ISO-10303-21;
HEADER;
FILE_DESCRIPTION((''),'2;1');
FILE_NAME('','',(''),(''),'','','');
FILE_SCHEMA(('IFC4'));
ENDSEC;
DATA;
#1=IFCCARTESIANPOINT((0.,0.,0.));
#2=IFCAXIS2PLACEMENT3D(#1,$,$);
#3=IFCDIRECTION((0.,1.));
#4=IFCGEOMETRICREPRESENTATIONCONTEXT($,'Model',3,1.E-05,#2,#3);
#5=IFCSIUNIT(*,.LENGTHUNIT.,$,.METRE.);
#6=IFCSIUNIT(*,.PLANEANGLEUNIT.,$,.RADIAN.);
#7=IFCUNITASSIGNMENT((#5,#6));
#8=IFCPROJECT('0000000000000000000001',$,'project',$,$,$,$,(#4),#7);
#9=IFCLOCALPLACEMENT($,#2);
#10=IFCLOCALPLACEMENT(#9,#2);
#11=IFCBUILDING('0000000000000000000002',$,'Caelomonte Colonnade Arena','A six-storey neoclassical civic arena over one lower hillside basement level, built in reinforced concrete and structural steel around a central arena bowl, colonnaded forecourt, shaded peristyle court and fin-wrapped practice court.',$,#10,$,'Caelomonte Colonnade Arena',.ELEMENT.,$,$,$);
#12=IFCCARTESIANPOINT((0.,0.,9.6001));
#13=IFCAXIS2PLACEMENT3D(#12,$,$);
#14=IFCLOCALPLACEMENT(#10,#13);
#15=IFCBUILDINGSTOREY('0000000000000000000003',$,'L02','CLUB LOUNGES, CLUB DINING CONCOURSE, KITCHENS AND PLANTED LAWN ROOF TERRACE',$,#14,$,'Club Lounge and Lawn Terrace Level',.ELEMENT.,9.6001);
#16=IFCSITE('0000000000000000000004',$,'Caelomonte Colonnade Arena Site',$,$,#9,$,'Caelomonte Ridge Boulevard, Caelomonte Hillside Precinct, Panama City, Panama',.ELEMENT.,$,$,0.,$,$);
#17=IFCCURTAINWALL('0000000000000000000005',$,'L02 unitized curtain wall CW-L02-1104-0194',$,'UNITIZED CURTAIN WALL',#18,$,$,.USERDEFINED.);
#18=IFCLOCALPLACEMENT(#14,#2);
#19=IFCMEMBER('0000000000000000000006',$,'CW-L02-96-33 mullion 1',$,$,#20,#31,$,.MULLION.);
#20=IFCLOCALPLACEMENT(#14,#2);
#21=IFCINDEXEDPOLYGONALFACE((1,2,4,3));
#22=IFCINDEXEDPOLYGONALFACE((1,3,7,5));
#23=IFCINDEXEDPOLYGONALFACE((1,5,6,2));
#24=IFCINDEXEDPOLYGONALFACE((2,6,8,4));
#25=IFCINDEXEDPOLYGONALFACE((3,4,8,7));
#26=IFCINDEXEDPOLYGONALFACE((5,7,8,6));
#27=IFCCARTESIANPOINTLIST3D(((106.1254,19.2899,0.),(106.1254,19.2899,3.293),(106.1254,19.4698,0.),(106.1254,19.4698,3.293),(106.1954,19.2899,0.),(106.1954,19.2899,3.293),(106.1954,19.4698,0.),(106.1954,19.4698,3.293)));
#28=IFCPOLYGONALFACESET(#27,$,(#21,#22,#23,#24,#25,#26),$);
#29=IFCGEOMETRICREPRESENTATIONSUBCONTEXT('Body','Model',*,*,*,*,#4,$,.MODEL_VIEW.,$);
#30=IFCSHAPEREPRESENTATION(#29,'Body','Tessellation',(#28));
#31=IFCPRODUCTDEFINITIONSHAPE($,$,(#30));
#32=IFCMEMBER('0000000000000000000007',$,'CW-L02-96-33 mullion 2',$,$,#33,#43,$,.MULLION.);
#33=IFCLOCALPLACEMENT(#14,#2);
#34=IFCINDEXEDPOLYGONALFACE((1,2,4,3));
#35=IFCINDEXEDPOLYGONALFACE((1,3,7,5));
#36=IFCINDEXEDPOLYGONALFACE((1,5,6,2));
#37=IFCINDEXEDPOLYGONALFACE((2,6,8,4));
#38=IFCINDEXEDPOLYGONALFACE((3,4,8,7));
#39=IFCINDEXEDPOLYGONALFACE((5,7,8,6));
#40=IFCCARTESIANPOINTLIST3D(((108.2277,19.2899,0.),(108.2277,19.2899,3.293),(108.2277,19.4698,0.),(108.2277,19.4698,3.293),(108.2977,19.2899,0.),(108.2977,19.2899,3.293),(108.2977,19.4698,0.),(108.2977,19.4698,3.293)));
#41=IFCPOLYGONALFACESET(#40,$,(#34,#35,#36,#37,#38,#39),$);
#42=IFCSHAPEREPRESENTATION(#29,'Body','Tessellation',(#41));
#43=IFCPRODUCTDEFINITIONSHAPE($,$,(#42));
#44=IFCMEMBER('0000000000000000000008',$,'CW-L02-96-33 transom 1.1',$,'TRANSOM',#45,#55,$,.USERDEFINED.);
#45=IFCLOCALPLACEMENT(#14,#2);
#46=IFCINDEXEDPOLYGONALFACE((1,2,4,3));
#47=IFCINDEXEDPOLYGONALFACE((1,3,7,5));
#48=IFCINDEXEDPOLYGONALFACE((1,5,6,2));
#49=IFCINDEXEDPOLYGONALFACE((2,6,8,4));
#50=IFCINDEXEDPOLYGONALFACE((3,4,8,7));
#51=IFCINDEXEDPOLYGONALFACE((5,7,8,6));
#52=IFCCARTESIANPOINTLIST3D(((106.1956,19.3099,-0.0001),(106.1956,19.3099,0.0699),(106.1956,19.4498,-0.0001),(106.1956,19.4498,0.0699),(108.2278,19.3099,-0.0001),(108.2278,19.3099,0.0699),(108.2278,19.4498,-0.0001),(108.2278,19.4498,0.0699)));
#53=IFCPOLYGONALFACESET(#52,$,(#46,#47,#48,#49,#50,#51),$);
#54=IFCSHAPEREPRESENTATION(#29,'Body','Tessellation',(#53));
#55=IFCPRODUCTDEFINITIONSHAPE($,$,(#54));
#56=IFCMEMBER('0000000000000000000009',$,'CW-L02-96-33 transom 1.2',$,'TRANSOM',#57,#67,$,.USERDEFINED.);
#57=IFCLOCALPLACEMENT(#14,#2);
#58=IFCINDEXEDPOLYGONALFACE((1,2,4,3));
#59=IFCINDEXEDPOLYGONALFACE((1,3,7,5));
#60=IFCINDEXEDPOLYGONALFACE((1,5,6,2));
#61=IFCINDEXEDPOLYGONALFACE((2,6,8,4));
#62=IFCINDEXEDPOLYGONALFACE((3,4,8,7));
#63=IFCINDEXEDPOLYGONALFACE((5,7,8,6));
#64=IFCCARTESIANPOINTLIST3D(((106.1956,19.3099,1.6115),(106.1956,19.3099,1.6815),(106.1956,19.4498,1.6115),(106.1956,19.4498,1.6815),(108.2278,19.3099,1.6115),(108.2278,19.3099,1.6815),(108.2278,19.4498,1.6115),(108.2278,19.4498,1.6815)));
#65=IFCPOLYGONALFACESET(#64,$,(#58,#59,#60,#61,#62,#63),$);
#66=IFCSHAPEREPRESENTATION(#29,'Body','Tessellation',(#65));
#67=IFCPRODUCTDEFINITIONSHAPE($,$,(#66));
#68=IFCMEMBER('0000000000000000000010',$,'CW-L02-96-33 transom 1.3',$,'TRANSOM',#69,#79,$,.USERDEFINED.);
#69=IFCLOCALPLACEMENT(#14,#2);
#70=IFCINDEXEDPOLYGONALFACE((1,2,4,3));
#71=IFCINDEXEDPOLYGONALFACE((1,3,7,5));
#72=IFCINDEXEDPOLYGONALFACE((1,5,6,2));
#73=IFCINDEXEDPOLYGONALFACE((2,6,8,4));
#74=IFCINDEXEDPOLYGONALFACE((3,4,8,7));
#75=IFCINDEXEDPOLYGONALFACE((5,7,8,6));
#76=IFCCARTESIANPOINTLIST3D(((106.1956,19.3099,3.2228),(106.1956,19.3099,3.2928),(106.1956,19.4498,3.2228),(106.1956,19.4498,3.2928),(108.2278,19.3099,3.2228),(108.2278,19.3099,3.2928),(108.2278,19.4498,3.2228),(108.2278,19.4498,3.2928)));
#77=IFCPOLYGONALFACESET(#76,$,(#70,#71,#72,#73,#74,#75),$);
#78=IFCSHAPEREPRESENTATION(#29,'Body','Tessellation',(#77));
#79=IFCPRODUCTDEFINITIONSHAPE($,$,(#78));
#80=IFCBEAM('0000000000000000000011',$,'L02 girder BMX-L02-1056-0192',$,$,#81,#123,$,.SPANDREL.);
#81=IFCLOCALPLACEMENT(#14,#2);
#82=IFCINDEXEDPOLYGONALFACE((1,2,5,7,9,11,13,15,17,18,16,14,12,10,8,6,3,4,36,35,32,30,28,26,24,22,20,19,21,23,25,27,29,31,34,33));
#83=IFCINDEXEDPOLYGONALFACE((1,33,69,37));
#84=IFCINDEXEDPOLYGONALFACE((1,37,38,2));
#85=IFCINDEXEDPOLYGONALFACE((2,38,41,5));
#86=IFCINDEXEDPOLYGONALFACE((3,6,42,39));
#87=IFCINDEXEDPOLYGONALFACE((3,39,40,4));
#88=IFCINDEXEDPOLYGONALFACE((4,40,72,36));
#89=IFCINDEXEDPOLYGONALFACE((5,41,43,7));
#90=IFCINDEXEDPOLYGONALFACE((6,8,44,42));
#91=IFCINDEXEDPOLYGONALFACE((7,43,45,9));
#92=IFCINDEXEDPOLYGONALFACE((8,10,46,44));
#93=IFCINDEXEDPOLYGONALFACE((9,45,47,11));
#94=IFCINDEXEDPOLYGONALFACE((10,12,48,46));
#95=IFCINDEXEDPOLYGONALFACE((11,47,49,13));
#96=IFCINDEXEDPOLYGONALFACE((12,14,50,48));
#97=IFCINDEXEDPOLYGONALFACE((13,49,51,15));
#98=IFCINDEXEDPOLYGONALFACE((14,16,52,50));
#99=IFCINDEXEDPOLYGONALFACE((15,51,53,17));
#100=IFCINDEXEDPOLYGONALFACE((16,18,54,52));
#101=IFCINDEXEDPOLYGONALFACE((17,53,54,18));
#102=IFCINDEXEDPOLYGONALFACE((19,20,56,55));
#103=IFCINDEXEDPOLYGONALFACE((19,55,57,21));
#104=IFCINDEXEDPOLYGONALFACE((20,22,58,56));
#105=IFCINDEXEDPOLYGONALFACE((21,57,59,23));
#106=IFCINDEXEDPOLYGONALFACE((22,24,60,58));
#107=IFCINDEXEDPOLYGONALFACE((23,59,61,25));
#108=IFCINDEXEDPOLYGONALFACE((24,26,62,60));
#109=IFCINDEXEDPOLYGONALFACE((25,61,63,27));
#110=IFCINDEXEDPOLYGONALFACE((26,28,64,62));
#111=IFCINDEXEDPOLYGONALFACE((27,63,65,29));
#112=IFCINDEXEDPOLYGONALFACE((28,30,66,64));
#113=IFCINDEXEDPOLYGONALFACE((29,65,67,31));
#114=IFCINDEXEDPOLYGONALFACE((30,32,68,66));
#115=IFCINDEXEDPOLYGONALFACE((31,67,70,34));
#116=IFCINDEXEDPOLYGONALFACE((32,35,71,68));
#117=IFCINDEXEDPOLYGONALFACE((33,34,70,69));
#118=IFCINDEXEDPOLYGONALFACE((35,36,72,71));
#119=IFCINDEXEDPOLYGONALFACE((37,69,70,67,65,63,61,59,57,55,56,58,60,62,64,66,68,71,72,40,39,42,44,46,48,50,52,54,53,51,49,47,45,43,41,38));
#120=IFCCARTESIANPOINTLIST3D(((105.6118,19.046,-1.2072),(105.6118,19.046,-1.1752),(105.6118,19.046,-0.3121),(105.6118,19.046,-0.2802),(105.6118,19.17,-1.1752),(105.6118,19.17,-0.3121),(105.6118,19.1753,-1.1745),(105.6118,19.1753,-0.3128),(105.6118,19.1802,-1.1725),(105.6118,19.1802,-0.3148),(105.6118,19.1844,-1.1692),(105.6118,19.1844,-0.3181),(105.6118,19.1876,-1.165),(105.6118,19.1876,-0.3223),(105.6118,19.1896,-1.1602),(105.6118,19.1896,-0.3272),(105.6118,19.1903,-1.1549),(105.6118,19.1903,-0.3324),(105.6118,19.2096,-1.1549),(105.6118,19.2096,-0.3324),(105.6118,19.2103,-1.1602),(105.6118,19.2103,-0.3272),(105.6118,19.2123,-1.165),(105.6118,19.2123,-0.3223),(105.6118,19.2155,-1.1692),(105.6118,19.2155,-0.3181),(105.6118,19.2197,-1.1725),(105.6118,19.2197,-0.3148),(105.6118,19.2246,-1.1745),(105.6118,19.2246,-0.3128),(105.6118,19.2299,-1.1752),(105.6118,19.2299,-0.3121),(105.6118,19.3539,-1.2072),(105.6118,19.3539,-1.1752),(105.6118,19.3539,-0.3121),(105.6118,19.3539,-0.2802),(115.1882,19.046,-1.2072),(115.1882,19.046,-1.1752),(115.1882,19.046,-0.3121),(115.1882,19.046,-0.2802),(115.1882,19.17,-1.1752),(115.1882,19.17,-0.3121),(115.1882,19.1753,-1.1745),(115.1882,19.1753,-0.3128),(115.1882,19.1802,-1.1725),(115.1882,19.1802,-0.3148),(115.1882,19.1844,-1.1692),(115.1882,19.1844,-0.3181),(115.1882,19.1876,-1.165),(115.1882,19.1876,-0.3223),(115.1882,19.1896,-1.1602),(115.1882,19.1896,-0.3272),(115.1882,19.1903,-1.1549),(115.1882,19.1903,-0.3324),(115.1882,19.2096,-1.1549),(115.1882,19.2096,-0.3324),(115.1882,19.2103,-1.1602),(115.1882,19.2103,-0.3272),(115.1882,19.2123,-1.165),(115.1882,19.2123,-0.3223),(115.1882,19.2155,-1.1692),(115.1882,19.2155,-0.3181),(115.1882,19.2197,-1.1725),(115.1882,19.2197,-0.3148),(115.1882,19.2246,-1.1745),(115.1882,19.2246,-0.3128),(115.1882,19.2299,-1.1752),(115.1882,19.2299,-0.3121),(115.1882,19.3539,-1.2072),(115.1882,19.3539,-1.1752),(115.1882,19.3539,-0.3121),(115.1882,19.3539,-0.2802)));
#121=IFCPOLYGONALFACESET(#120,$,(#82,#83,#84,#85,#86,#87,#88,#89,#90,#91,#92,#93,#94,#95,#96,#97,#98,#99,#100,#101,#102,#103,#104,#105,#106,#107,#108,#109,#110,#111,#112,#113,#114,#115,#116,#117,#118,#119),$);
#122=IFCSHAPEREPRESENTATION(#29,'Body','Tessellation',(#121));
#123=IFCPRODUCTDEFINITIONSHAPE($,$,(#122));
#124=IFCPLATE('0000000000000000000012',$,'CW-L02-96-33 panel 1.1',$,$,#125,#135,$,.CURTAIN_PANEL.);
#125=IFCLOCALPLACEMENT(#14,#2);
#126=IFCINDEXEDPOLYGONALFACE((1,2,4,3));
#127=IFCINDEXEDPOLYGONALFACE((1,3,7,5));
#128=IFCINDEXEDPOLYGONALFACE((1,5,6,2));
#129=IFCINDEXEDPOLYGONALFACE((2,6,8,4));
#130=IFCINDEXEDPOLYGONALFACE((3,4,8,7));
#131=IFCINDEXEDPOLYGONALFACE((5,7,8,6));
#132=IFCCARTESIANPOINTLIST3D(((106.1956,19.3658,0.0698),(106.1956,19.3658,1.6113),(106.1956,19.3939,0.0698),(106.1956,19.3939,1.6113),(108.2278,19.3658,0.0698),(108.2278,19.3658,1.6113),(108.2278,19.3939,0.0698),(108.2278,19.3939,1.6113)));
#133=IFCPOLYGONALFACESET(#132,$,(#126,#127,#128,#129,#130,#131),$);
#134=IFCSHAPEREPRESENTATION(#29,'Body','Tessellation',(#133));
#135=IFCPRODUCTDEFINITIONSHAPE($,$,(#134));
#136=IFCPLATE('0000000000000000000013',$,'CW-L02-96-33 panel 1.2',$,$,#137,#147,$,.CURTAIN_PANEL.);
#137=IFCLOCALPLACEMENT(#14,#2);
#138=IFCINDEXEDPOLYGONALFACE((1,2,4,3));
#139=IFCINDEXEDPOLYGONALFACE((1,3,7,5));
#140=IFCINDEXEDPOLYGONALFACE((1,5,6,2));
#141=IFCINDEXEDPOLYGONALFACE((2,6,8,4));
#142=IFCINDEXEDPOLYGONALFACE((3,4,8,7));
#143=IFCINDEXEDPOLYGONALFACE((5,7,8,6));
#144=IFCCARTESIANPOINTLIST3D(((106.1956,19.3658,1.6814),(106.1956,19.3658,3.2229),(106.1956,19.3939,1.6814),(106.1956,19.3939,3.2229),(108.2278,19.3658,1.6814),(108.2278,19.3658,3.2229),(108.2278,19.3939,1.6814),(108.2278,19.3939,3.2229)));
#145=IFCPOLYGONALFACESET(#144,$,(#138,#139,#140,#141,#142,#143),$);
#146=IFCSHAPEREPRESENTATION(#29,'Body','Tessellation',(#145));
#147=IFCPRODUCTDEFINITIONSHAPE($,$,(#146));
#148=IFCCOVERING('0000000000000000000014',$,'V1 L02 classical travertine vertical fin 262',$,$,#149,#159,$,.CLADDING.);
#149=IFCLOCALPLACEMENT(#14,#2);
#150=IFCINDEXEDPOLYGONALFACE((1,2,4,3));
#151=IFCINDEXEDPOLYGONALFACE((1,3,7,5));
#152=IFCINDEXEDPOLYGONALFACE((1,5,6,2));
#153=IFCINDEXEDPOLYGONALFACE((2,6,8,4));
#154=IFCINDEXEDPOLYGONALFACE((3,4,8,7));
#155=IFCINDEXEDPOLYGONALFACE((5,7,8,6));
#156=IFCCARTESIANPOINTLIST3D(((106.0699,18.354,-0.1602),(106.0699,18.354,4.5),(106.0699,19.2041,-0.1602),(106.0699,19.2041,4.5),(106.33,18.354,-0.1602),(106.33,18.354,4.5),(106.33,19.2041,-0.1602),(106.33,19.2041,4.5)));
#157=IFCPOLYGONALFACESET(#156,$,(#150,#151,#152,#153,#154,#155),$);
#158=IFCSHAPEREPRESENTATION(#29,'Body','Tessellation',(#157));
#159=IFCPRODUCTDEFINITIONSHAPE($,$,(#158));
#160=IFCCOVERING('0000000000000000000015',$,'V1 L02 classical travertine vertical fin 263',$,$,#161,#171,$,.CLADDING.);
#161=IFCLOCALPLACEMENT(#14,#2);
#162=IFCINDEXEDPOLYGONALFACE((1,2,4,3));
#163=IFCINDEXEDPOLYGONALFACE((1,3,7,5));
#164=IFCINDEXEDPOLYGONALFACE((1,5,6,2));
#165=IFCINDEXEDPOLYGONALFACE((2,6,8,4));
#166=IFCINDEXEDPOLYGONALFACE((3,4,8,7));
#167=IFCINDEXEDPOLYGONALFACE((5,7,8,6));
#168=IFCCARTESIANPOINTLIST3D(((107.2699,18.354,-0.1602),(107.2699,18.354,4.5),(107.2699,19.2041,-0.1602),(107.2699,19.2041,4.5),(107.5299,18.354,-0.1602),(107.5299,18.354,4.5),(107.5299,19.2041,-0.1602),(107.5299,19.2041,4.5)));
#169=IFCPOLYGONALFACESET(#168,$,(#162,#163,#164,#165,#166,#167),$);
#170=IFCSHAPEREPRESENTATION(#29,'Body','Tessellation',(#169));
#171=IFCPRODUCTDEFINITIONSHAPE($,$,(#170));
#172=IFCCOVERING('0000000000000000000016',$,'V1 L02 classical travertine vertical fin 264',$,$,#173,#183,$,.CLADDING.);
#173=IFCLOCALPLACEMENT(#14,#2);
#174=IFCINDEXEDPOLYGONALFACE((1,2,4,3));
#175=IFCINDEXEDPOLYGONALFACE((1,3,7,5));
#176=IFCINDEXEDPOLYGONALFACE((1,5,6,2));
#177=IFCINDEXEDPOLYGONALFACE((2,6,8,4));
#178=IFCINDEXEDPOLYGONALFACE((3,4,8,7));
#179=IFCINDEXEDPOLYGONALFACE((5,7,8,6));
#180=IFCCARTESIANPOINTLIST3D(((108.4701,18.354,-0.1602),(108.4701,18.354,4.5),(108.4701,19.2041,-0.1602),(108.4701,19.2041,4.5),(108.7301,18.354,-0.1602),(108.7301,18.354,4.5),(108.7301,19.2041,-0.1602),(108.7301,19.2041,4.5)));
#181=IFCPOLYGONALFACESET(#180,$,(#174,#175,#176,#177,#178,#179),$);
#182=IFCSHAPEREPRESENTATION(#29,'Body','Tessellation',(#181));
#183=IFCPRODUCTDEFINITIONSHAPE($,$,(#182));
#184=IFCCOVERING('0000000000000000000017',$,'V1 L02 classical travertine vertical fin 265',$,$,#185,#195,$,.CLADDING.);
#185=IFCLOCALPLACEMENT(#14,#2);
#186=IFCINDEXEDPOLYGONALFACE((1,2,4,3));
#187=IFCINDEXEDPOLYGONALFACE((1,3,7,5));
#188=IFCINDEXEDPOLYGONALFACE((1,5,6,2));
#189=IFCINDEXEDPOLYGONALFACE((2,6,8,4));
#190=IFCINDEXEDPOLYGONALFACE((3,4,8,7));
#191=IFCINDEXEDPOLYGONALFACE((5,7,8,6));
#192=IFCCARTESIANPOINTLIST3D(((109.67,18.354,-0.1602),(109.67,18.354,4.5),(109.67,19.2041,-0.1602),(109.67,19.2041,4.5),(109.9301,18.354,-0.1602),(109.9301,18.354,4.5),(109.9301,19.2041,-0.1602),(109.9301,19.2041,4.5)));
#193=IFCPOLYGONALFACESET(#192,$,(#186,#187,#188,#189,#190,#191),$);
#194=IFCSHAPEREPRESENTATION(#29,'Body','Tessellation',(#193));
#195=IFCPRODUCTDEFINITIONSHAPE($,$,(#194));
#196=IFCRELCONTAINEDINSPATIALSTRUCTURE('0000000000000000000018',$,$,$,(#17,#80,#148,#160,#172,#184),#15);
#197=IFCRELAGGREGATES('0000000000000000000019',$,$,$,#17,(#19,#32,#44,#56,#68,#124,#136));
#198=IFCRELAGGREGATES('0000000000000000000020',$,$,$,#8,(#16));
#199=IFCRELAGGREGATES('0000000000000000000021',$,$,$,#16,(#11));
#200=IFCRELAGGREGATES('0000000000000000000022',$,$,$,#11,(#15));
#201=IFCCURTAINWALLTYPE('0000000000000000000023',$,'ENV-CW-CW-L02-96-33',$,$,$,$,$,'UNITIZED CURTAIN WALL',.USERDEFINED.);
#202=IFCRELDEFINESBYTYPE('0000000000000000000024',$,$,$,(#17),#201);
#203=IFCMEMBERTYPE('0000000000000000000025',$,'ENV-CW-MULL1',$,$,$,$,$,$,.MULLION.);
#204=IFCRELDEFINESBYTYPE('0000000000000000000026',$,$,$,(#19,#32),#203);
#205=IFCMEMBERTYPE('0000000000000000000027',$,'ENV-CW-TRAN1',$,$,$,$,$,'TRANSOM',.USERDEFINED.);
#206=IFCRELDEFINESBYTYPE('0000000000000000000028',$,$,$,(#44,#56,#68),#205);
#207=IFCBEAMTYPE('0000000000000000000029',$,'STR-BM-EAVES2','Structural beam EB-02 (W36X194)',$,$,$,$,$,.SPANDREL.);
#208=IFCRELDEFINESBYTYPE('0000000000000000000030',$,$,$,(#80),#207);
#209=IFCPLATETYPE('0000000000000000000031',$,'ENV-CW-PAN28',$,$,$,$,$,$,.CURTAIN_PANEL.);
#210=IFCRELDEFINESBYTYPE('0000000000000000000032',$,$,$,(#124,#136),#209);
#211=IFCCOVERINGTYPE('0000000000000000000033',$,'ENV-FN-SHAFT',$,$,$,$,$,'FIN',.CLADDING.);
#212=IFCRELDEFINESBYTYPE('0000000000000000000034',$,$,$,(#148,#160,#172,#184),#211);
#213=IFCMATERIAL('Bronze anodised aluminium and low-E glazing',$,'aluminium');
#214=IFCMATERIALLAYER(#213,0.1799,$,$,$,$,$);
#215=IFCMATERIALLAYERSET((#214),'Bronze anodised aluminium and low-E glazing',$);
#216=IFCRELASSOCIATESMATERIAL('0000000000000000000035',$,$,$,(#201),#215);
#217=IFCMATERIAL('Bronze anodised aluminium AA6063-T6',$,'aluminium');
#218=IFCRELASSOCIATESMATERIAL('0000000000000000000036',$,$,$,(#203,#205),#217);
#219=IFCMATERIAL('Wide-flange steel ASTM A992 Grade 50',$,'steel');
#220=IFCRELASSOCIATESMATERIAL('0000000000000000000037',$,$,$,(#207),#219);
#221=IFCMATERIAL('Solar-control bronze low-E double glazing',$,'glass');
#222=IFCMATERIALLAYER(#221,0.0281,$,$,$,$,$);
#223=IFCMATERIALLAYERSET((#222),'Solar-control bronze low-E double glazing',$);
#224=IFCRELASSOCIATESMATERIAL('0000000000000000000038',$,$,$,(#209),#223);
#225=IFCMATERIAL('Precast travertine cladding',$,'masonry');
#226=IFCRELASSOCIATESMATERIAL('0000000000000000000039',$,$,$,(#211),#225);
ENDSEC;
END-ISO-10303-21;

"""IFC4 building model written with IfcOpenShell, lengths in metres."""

from ifc_helpers import new_model, si_unit, direction, frame, origin, origin_2d, place, context, subcontext, project, spatial, rectangle, i_section, extrude, material, layer, layer_set, material_profile, profile_set, type_object, element, aggregate, save


model = new_model("IFC4")

# Units and contexts
model_context = context("Model", 3, precision=1e-05, world=origin(), true_north=direction((0.0, 1.0)))
body_context = subcontext(model_context, "Body", "Model", "MODEL_VIEW")
ifc_project = project(units=[si_unit("LENGTHUNIT", "METRE"), si_unit("PLANEANGLEUNIT", "RADIAN")], contexts=[model_context])

# Site, building, storey
site_placement = place(None, origin())
site = spatial("IfcSite", under=ifc_project, at=site_placement, Name="Caelomonte Colonnade Arena Site", LongName="Caelomonte Ridge Boulevard, Caelomonte Hillside Precinct, Panama City, Panama", CompositionType="ELEMENT", RefElevation=0.0)
building_placement = place(site_placement, origin())
building = spatial("IfcBuilding", under=site, at=building_placement, Name="Caelomonte Colonnade Arena", Description="A six-storey neoclassical civic arena over one lower hillside basement level, built in reinforced concrete and structural steel around a central arena bowl, colonnaded forecourt, shaded peristyle court and fin-wrapped practice court.", LongName="Caelomonte Colonnade Arena", CompositionType="ELEMENT")
storey_placement = place(building_placement, frame((0.0, 0.0, 9.6001)))
storey = spatial("IfcBuildingStorey", under=building, at=storey_placement, Name="L02", Description="CLUB LOUNGES, CLUB DINING CONCOURSE, KITCHENS AND PLANTED LAWN ROOF TERRACE", LongName="Club Lounge and Lawn Terrace Level", CompositionType="ELEMENT", Elevation=9.6001)

# Curtain wall, members
ifc_material_1 = material(Name="Bronze anodised aluminium and low-E glazing", Category="aluminium")
ifc_layer_1 = layer(ifc_material_1, 0.1799)
ifc_layer_set_1 = layer_set([ifc_layer_1], Name="Bronze anodised aluminium and low-E glazing")
curtain_wall_type = type_object("IfcCurtainWallType", Name="ENV-CW-CW-L02-96-33", ElementType="UNITIZED CURTAIN WALL", PredefinedType="USERDEFINED", material=ifc_layer_set_1)
curtain_wall_placement = place(storey_placement, origin())
curtain_wall = element("IfcCurtainWall", 1, at=curtain_wall_placement, inside=storey, type_object=curtain_wall_type, Name="L02 unitized curtain wall CW-L02-1104-0194", ObjectType="UNITIZED CURTAIN WALL", PredefinedType="USERDEFINED")
ifc_material_2 = material(Name="Bronze anodised aluminium AA6063-T6", Category="aluminium")
ifc_material_profile_1 = material_profile(ifc_material_2, rectangle(XDim=0.0701, YDim=0.1799, at=origin_2d()), Name="CWM-70X180")
ifc_profile_set_1 = profile_set([ifc_material_profile_1], Name="Bronze anodised aluminium AA6063-T6")
member_type_1 = type_object("IfcMemberType", Name="ENV-CW-MULL1", PredefinedType="MULLION", material=ifc_profile_set_1)
member_1_placement = place(storey_placement, frame((106.1604, 19.3799, 0.0), z_axis=(0.0, 0.0, 1.0), x_axis=(1.0, 0.0, 0.0)))
member_1 = element("IfcMember", 2, at=member_1_placement, type_object=member_type_1, Name="CW-L02-96-33 mullion 1", PredefinedType="MULLION", context=body_context, shape_type="SweptSolid", body=[
    extrude(rectangle(XDim=0.0701, YDim=0.1799, at=origin_2d()), origin(), (0.0, 0.0, 1.0), 3.293),
])
member_2_placement = place(storey_placement, frame((108.2627, 19.3799, 0.0), z_axis=(0.0, 0.0, 1.0), x_axis=(1.0, 0.0, 0.0)))
member_2 = element("IfcMember", 3, at=member_2_placement, type_object=member_type_1, Name="CW-L02-96-33 mullion 2", PredefinedType="MULLION", context=body_context, shape_type="SweptSolid", body=[
    extrude(rectangle(XDim=0.0701, YDim=0.1799, at=origin_2d()), origin(), (0.0, 0.0, 1.0), 3.293),
])
ifc_material_profile_2 = material_profile(ifc_material_2, rectangle(XDim=0.0701, YDim=0.1399, at=origin_2d()), Name="CWT-70X140")
ifc_profile_set_2 = profile_set([ifc_material_profile_2], Name="Bronze anodised aluminium AA6063-T6")
member_type_2 = type_object("IfcMemberType", Name="ENV-CW-TRAN1", ElementType="TRANSOM", PredefinedType="USERDEFINED", material=ifc_profile_set_2)
member_3_placement = place(storey_placement, frame((106.1956, 19.3799, 0.0349), z_axis=(1.0, 0.0, 0.0), x_axis=(0.0, 0.0, 1.0)))
member_3 = element("IfcMember", 4, at=member_3_placement, type_object=member_type_2, Name="CW-L02-96-33 transom 1.1", ObjectType="TRANSOM", PredefinedType="USERDEFINED", context=body_context, shape_type="SweptSolid", body=[
    extrude(rectangle(XDim=0.0701, YDim=0.1399, at=origin_2d()), origin(), (0.0, 0.0, 1.0), 2.0322),
])
member_4_placement = place(storey_placement, frame((106.1956, 19.3799, 1.6465), z_axis=(1.0, 0.0, 0.0), x_axis=(0.0, 0.0, 1.0)))
member_4 = element("IfcMember", 5, at=member_4_placement, type_object=member_type_2, Name="CW-L02-96-33 transom 1.2", ObjectType="TRANSOM", PredefinedType="USERDEFINED", context=body_context, shape_type="SweptSolid", body=[
    extrude(rectangle(XDim=0.0701, YDim=0.1399, at=origin_2d()), origin(), (0.0, 0.0, 1.0), 2.0322),
])
member_5_placement = place(storey_placement, frame((106.1956, 19.3799, 3.2578), z_axis=(1.0, 0.0, 0.0), x_axis=(0.0, 0.0, 1.0)))
member_5 = element("IfcMember", 6, at=member_5_placement, type_object=member_type_2, Name="CW-L02-96-33 transom 1.3", ObjectType="TRANSOM", PredefinedType="USERDEFINED", context=body_context, shape_type="SweptSolid", body=[
    extrude(rectangle(XDim=0.0701, YDim=0.1399, at=origin_2d()), origin(), (0.0, 0.0, 1.0), 2.0322),
])

# Beam
ifc_material_3 = material(Name="Wide-flange steel ASTM A992 Grade 50", Category="steel")
ifc_material_profile_3 = material_profile(ifc_material_3, i_section(OverallWidth=0.3079, OverallDepth=0.927, WebThickness=0.0193, FlangeThickness=0.032, FilletRadius=0.0203, at=origin_2d()), Name="W36X194")
ifc_profile_set_3 = profile_set([ifc_material_profile_3], Name="Wide-flange steel ASTM A992 Grade 50")
beam_type = type_object("IfcBeamType", Name="STR-BM-EAVES2", Description="Structural beam EB-02 (W36X194)", PredefinedType="SPANDREL", material=ifc_profile_set_3)
beam_placement = place(storey_placement, frame((105.6118, 19.2, -0.7437), z_axis=(1.0, 0.0, 0.0), x_axis=(0.0, 1.0, 0.0)))
element("IfcBeam", 7, at=beam_placement, inside=storey, type_object=beam_type, Name="L02 girder BMX-L02-1056-0192", PredefinedType="SPANDREL", context=body_context, shape_type="SweptSolid", body=[
    extrude(i_section(OverallWidth=0.3079, OverallDepth=0.927, WebThickness=0.0193, FlangeThickness=0.032, FilletRadius=0.0203, at=origin_2d()), origin(), (0.0, 0.0, 1.0), 9.5764),
])

# Plates
ifc_material_4 = material(Name="Solar-control bronze low-E double glazing", Category="glass")
ifc_layer_2 = layer(ifc_material_4, 0.0281)
ifc_layer_set_2 = layer_set([ifc_layer_2], Name="Solar-control bronze low-E double glazing")
plate_type = type_object("IfcPlateType", Name="ENV-CW-PAN28", PredefinedType="CURTAIN_PANEL", material=ifc_layer_set_2)
plate_1_placement = place(storey_placement, frame((107.2117, 19.3799, 0.0698), z_axis=(0.0, 0.0, 1.0), x_axis=(1.0, 0.0, 0.0)))
plate_1 = element("IfcPlate", 8, at=plate_1_placement, type_object=plate_type, Name="CW-L02-96-33 panel 1.1", PredefinedType="CURTAIN_PANEL", context=body_context, shape_type="SweptSolid", body=[
    extrude(rectangle(XDim=2.0322, YDim=0.0281, at=origin_2d()), origin(), (0.0, 0.0, 1.0), 1.5415),
])
plate_2_placement = place(storey_placement, frame((107.2117, 19.3799, 1.6814), z_axis=(0.0, 0.0, 1.0), x_axis=(1.0, 0.0, 0.0)))
plate_2 = element("IfcPlate", 9, at=plate_2_placement, type_object=plate_type, Name="CW-L02-96-33 panel 1.2", PredefinedType="CURTAIN_PANEL", context=body_context, shape_type="SweptSolid", body=[
    extrude(rectangle(XDim=2.0322, YDim=0.0281, at=origin_2d()), origin(), (0.0, 0.0, 1.0), 1.5415),
])
aggregate(curtain_wall, [member_1, member_2, member_3, member_4, member_5, plate_1, plate_2])

# Coverings
ifc_material_5 = material(Name="Precast travertine cladding", Category="masonry")
ifc_material_profile_4 = material_profile(ifc_material_5, rectangle(XDim=0.26, YDim=0.8501, at=origin_2d()), Name="FIN260X850")
ifc_profile_set_4 = profile_set([ifc_material_profile_4], Name="Precast travertine cladding")
covering_type = type_object("IfcCoveringType", Name="ENV-FN-SHAFT", ElementType="FIN", PredefinedType="CLADDING", material=ifc_profile_set_4)
for number, where, z_axis, x_axis, name in (
    (10, (106.2, 18.7791, -0.1602), (0.0, 0.0, 1.0), (-1.0, 0.0, 0.0), "V1 L02 classical travertine vertical fin 262"),
    (11, (107.3999, 18.7791, -0.1602), (0.0, 0.0, 1.0), (-1.0, 0.0, 0.0), "V1 L02 classical travertine vertical fin 263"),
    (12, (108.6001, 18.7791, -0.1602), (0.0, 0.0, 1.0), (-1.0, 0.0, 0.0), "V1 L02 classical travertine vertical fin 264"),
    (13, (109.8, 18.7791, -0.1602), (0.0, 0.0, 1.0), (-1.0, 0.0, 0.0), "V1 L02 classical travertine vertical fin 265"),
):
    element("IfcCovering", number, at=place(storey_placement, frame(where, z_axis=z_axis, x_axis=x_axis)), inside=storey, type_object=covering_type, Name=name, PredefinedType="CLADDING", context=body_context, shape_type="SweptSolid", body=[
        extrude(rectangle(XDim=0.26, YDim=0.8501, at=origin_2d()), origin(), (0.0, 0.0, 1.0), 4.6602),
    ])

save(model, "model.ifc")
